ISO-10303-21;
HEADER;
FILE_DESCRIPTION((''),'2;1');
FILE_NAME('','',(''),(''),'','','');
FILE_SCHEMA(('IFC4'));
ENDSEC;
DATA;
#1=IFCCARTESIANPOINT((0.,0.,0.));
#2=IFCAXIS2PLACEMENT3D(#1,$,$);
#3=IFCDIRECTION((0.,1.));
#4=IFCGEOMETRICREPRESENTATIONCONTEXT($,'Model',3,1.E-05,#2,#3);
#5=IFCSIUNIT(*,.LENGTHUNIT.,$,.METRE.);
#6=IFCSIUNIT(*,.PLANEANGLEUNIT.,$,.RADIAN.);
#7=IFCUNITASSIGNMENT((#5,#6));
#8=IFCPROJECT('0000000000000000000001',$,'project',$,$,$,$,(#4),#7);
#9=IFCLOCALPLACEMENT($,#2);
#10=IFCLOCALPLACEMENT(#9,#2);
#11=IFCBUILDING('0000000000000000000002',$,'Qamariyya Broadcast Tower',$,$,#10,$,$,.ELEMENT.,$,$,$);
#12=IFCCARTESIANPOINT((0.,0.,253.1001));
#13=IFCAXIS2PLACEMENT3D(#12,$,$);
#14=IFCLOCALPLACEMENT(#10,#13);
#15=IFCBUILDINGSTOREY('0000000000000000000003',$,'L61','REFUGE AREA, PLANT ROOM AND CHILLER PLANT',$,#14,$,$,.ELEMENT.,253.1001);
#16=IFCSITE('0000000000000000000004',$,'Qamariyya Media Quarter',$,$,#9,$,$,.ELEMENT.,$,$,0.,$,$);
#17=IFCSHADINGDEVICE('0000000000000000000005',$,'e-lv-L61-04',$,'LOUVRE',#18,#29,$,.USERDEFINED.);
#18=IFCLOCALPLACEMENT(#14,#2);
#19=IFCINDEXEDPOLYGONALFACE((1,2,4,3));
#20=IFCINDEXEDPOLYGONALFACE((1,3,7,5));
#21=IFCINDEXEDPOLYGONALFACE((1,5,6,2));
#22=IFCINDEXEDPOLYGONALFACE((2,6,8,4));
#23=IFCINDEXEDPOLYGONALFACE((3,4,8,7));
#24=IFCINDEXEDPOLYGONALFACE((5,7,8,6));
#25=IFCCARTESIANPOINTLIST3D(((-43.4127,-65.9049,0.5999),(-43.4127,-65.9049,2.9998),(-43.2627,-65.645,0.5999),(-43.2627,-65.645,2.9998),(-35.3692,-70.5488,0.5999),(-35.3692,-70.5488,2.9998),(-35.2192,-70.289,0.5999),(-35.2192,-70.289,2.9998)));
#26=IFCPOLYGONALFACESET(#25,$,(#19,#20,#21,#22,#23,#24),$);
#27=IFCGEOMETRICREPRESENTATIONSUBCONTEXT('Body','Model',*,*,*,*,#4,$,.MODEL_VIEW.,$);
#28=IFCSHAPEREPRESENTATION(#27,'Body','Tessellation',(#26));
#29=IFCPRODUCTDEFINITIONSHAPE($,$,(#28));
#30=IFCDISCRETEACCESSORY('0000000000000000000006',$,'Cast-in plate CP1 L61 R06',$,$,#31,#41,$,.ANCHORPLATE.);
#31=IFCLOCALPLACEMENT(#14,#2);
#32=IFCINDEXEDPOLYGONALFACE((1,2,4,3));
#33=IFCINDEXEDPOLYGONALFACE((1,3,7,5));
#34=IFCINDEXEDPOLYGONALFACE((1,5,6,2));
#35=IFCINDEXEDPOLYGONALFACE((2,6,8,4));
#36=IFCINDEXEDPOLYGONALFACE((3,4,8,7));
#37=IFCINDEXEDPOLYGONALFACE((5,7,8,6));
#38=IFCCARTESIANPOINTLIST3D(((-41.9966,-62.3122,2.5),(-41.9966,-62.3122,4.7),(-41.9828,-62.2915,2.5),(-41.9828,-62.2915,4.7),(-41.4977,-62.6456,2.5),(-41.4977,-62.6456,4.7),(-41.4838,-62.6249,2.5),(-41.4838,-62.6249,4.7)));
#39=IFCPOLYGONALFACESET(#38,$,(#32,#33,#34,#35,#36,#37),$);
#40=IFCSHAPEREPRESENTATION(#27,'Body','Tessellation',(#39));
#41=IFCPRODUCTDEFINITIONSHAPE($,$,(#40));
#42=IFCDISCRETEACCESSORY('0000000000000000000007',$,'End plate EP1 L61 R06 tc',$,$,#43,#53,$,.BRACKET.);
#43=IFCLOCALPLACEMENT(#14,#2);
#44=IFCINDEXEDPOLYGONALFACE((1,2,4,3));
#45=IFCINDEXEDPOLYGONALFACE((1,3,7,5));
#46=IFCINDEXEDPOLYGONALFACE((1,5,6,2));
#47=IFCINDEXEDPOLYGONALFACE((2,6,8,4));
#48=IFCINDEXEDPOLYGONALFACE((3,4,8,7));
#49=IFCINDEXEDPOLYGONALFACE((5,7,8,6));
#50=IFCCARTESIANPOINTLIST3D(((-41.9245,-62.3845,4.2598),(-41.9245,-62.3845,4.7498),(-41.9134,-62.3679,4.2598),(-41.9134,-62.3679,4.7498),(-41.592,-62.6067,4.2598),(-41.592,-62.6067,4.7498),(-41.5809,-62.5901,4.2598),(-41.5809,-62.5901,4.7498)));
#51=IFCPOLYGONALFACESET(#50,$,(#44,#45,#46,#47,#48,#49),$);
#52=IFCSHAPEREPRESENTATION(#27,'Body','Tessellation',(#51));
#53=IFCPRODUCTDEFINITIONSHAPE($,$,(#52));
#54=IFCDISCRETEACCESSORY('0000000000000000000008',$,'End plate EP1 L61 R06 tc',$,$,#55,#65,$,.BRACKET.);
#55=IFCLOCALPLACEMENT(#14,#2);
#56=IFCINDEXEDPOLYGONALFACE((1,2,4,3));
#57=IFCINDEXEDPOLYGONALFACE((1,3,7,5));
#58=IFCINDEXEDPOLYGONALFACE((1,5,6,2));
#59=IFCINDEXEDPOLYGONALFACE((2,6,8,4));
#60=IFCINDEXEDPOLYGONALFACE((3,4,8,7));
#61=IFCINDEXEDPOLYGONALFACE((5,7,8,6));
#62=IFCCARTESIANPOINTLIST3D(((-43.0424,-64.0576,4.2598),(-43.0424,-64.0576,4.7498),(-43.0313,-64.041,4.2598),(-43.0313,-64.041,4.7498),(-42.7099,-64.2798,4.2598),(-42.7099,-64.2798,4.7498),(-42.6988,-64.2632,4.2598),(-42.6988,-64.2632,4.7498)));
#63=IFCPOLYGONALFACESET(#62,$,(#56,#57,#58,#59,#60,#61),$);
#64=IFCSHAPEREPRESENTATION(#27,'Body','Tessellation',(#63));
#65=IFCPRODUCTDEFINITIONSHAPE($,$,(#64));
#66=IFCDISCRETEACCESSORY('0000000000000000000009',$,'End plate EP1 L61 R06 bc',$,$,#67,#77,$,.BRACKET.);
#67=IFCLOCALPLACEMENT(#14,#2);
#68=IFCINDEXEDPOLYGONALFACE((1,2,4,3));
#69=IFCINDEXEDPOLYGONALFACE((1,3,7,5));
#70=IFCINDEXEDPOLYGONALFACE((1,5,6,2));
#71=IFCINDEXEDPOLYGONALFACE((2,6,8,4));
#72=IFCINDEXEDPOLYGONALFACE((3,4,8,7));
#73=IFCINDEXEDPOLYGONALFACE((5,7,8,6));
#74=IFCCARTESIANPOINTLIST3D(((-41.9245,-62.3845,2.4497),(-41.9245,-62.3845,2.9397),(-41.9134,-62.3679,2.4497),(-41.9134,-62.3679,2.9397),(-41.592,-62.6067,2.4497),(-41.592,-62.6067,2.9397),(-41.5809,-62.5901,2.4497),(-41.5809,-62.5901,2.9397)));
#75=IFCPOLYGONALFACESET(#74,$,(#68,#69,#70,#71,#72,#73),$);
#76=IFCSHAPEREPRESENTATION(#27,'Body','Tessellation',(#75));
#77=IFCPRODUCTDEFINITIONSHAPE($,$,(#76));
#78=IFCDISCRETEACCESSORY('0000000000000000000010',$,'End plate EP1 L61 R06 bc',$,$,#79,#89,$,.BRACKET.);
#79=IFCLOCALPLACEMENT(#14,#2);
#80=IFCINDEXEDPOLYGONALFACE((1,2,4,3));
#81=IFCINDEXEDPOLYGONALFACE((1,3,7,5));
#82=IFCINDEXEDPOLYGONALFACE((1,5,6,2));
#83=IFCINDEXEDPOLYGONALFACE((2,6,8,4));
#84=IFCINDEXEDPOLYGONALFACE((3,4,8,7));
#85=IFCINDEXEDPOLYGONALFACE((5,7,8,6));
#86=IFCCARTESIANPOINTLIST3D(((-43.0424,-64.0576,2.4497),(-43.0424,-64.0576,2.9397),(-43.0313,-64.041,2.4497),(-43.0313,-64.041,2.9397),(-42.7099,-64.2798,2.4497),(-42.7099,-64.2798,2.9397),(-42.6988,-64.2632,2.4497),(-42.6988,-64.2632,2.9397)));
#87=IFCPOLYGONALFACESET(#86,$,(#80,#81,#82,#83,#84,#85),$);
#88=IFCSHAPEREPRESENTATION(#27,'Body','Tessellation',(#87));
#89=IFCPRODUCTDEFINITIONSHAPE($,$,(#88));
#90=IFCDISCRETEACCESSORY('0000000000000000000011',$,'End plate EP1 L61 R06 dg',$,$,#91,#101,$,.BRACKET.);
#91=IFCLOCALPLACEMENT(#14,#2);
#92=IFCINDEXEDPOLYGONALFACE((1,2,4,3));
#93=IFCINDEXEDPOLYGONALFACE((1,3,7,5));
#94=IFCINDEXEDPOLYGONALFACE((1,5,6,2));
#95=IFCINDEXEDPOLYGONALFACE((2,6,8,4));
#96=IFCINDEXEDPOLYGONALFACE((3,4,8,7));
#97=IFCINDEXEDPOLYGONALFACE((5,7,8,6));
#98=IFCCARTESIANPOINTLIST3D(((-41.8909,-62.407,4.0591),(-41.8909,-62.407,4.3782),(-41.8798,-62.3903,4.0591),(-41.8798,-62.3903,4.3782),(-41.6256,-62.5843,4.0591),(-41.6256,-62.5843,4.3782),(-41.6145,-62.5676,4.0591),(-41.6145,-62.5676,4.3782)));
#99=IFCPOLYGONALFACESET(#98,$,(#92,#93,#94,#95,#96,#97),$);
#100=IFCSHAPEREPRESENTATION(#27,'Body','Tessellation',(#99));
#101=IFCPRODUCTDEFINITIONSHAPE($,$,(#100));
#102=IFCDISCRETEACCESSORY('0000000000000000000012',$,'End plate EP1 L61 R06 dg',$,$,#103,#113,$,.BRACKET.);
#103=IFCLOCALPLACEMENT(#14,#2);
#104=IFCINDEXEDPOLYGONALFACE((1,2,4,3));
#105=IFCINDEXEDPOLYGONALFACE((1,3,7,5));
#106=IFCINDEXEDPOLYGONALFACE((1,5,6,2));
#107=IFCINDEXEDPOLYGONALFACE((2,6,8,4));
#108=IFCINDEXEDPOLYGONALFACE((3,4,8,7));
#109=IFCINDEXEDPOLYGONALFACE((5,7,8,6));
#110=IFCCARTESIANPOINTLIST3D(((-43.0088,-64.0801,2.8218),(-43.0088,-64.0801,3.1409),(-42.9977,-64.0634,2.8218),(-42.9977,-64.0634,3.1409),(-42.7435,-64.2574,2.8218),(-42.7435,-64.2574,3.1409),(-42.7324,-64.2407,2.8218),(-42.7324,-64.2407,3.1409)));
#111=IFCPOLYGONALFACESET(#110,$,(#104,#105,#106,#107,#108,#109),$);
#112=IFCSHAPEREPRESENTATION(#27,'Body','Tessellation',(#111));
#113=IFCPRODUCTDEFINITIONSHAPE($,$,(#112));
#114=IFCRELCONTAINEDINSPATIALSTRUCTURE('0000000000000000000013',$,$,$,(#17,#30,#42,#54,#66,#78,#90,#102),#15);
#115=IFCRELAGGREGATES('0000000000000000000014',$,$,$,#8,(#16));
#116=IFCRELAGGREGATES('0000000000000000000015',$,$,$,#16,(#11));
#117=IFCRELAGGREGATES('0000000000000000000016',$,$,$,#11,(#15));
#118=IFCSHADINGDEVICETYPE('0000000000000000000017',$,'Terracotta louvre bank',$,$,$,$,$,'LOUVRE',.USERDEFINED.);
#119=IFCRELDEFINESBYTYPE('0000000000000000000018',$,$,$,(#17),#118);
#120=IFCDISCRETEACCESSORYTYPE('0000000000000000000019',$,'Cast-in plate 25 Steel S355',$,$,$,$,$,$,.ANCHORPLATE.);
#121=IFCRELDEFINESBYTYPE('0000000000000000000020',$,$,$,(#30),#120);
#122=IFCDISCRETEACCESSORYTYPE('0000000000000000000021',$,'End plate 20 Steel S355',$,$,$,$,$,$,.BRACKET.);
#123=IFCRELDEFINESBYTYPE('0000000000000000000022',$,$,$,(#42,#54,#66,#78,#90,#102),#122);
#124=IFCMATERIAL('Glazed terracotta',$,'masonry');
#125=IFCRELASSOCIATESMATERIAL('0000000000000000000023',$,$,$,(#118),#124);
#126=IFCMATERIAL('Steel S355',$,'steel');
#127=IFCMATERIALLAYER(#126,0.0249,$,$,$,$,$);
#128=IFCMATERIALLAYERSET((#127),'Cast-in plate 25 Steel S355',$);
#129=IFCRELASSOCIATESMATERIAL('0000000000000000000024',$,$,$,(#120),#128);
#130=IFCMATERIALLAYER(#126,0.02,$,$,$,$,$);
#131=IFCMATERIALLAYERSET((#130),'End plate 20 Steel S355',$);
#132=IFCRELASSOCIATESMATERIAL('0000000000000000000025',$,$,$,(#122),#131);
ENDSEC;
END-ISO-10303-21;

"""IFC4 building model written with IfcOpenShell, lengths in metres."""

from ifc_helpers import new_model, si_unit, direction, frame, origin, origin_2d, place, context, subcontext, project, spatial, rectangle, extrude, material, layer, layer_set, type_object, element, save


model = new_model("IFC4")

# Units and contexts
model_context = context("Model", 3, precision=1e-05, world=origin(), true_north=direction((0.0, 1.0)))
body_context = subcontext(model_context, "Body", "Model", "MODEL_VIEW")
ifc_project = project(units=[si_unit("LENGTHUNIT", "METRE"), si_unit("PLANEANGLEUNIT", "RADIAN")], contexts=[model_context])

# Site, building, storey
site_placement = place(None, origin())
site = spatial("IfcSite", under=ifc_project, at=site_placement, Name="Qamariyya Media Quarter", CompositionType="ELEMENT", RefElevation=0.0)
building_placement = place(site_placement, origin())
building = spatial("IfcBuilding", under=site, at=building_placement, Name="Qamariyya Broadcast Tower", CompositionType="ELEMENT")
storey_placement = place(building_placement, frame((0.0, 0.0, 253.1001)))
storey = spatial("IfcBuildingStorey", under=building, at=storey_placement, Name="L61", Description="REFUGE AREA, PLANT ROOM AND CHILLER PLANT", CompositionType="ELEMENT", Elevation=253.1001)

# Shared definitions
ifc_material_1 = material(Name="Steel S355", Category="steel")

# Shading device
ifc_material_2 = material(Name="Glazed terracotta", Category="masonry")
shading_device_type = type_object("IfcShadingDeviceType", Name="Terracotta louvre bank", ElementType="LOUVRE", PredefinedType="USERDEFINED", material=ifc_material_2)
shading_device_placement = place(storey_placement, frame((-39.3159, -68.0969, 0.5999), z_axis=(0.0, 0.0, 1.0), x_axis=(0.866025, -0.5, 0.0)))
element("IfcShadingDevice", 1, at=shading_device_placement, inside=storey, type_object=shading_device_type, Name="e-lv-L61-04", ObjectType="LOUVRE", PredefinedType="USERDEFINED", context=body_context, shape_type="SweptSolid", body=[
    extrude(rectangle(XDim=9.2878, YDim=0.3, at=origin_2d()), origin(), (0.0, 0.0, 1.0), 2.3999),
])

# Discrete accessories
ifc_layer_1 = layer(ifc_material_1, 0.0249)
ifc_layer_set_1 = layer_set([ifc_layer_1], Name="Cast-in plate 25 Steel S355")
discrete_accessory_type_1 = type_object("IfcDiscreteAccessoryType", Name="Cast-in plate 25 Steel S355", PredefinedType="ANCHORPLATE", material=ifc_layer_set_1)
discrete_accessory_placement = place(storey_placement, frame((-41.7402, -62.4685, 2.5), z_axis=(0.0, 0.0, 1.0), x_axis=(-0.83147, 0.55557, 0.0)))
element("IfcDiscreteAccessory", 2, at=discrete_accessory_placement, inside=storey, type_object=discrete_accessory_type_1, Name="Cast-in plate CP1 L61 R06", PredefinedType="ANCHORPLATE", context=body_context, shape_type="SweptSolid", body=[
    extrude(rectangle(XDim=0.6001, YDim=0.0249, at=origin_2d()), origin(), (0.0, 0.0, 1.0), 2.2),
])
ifc_layer_2 = layer(ifc_material_1, 0.02)
ifc_layer_set_2 = layer_set([ifc_layer_2], Name="End plate 20 Steel S355")
discrete_accessory_type_2 = type_object("IfcDiscreteAccessoryType", Name="End plate 20 Steel S355", PredefinedType="BRACKET", material=ifc_layer_set_2)
for number, where, z_axis, x_axis, name in (
    (3, (-41.7527, -62.4873, 4.2598), (0.0, 0.0, 1.0), (-0.83147, 0.55557, 0.0), "End plate EP1 L61 R06 tc"),
    (4, (-42.8706, -64.1604, 4.2598), (0.0, 0.0, 1.0), (-0.83147, 0.55557, 0.0), "End plate EP1 L61 R06 tc"),
    (5, (-41.7527, -62.4873, 2.4497), (0.0, 0.0, 1.0), (-0.83147, 0.55557, 0.0), "End plate EP1 L61 R06 bc"),
    (6, (-42.8706, -64.1604, 2.4497), (0.0, 0.0, 1.0), (-0.83147, 0.55557, 0.0), "End plate EP1 L61 R06 bc"),
):
    element("IfcDiscreteAccessory", number, at=place(storey_placement, frame(where, z_axis=z_axis, x_axis=x_axis)), inside=storey, type_object=discrete_accessory_type_2, Name=name, PredefinedType="BRACKET", context=body_context, shape_type="SweptSolid", body=[
        extrude(rectangle(XDim=0.3999, YDim=0.02, at=origin_2d()), origin(), (0.0, 0.0, 1.0), 0.49),
    ])
for number, where, z_axis, x_axis, name in (
    (7, (-41.7527, -62.4873, 4.0591), (0.0, 0.0, 1.0), (-0.83147, 0.55557, 0.0), "End plate EP1 L61 R06 dg"),
    (8, (-42.8706, -64.1604, 2.8218), (0.0, 0.0, 1.0), (-0.83147, 0.55557, 0.0), "End plate EP1 L61 R06 dg"),
):
    element("IfcDiscreteAccessory", number, at=place(storey_placement, frame(where, z_axis=z_axis, x_axis=x_axis)), inside=storey, type_object=discrete_accessory_type_2, Name=name, PredefinedType="BRACKET", context=body_context, shape_type="SweptSolid", body=[
        extrude(rectangle(XDim=0.3191, YDim=0.02, at=origin_2d()), origin(), (0.0, 0.0, 1.0), 0.3191),
    ])

save(model, "model.ifc")
